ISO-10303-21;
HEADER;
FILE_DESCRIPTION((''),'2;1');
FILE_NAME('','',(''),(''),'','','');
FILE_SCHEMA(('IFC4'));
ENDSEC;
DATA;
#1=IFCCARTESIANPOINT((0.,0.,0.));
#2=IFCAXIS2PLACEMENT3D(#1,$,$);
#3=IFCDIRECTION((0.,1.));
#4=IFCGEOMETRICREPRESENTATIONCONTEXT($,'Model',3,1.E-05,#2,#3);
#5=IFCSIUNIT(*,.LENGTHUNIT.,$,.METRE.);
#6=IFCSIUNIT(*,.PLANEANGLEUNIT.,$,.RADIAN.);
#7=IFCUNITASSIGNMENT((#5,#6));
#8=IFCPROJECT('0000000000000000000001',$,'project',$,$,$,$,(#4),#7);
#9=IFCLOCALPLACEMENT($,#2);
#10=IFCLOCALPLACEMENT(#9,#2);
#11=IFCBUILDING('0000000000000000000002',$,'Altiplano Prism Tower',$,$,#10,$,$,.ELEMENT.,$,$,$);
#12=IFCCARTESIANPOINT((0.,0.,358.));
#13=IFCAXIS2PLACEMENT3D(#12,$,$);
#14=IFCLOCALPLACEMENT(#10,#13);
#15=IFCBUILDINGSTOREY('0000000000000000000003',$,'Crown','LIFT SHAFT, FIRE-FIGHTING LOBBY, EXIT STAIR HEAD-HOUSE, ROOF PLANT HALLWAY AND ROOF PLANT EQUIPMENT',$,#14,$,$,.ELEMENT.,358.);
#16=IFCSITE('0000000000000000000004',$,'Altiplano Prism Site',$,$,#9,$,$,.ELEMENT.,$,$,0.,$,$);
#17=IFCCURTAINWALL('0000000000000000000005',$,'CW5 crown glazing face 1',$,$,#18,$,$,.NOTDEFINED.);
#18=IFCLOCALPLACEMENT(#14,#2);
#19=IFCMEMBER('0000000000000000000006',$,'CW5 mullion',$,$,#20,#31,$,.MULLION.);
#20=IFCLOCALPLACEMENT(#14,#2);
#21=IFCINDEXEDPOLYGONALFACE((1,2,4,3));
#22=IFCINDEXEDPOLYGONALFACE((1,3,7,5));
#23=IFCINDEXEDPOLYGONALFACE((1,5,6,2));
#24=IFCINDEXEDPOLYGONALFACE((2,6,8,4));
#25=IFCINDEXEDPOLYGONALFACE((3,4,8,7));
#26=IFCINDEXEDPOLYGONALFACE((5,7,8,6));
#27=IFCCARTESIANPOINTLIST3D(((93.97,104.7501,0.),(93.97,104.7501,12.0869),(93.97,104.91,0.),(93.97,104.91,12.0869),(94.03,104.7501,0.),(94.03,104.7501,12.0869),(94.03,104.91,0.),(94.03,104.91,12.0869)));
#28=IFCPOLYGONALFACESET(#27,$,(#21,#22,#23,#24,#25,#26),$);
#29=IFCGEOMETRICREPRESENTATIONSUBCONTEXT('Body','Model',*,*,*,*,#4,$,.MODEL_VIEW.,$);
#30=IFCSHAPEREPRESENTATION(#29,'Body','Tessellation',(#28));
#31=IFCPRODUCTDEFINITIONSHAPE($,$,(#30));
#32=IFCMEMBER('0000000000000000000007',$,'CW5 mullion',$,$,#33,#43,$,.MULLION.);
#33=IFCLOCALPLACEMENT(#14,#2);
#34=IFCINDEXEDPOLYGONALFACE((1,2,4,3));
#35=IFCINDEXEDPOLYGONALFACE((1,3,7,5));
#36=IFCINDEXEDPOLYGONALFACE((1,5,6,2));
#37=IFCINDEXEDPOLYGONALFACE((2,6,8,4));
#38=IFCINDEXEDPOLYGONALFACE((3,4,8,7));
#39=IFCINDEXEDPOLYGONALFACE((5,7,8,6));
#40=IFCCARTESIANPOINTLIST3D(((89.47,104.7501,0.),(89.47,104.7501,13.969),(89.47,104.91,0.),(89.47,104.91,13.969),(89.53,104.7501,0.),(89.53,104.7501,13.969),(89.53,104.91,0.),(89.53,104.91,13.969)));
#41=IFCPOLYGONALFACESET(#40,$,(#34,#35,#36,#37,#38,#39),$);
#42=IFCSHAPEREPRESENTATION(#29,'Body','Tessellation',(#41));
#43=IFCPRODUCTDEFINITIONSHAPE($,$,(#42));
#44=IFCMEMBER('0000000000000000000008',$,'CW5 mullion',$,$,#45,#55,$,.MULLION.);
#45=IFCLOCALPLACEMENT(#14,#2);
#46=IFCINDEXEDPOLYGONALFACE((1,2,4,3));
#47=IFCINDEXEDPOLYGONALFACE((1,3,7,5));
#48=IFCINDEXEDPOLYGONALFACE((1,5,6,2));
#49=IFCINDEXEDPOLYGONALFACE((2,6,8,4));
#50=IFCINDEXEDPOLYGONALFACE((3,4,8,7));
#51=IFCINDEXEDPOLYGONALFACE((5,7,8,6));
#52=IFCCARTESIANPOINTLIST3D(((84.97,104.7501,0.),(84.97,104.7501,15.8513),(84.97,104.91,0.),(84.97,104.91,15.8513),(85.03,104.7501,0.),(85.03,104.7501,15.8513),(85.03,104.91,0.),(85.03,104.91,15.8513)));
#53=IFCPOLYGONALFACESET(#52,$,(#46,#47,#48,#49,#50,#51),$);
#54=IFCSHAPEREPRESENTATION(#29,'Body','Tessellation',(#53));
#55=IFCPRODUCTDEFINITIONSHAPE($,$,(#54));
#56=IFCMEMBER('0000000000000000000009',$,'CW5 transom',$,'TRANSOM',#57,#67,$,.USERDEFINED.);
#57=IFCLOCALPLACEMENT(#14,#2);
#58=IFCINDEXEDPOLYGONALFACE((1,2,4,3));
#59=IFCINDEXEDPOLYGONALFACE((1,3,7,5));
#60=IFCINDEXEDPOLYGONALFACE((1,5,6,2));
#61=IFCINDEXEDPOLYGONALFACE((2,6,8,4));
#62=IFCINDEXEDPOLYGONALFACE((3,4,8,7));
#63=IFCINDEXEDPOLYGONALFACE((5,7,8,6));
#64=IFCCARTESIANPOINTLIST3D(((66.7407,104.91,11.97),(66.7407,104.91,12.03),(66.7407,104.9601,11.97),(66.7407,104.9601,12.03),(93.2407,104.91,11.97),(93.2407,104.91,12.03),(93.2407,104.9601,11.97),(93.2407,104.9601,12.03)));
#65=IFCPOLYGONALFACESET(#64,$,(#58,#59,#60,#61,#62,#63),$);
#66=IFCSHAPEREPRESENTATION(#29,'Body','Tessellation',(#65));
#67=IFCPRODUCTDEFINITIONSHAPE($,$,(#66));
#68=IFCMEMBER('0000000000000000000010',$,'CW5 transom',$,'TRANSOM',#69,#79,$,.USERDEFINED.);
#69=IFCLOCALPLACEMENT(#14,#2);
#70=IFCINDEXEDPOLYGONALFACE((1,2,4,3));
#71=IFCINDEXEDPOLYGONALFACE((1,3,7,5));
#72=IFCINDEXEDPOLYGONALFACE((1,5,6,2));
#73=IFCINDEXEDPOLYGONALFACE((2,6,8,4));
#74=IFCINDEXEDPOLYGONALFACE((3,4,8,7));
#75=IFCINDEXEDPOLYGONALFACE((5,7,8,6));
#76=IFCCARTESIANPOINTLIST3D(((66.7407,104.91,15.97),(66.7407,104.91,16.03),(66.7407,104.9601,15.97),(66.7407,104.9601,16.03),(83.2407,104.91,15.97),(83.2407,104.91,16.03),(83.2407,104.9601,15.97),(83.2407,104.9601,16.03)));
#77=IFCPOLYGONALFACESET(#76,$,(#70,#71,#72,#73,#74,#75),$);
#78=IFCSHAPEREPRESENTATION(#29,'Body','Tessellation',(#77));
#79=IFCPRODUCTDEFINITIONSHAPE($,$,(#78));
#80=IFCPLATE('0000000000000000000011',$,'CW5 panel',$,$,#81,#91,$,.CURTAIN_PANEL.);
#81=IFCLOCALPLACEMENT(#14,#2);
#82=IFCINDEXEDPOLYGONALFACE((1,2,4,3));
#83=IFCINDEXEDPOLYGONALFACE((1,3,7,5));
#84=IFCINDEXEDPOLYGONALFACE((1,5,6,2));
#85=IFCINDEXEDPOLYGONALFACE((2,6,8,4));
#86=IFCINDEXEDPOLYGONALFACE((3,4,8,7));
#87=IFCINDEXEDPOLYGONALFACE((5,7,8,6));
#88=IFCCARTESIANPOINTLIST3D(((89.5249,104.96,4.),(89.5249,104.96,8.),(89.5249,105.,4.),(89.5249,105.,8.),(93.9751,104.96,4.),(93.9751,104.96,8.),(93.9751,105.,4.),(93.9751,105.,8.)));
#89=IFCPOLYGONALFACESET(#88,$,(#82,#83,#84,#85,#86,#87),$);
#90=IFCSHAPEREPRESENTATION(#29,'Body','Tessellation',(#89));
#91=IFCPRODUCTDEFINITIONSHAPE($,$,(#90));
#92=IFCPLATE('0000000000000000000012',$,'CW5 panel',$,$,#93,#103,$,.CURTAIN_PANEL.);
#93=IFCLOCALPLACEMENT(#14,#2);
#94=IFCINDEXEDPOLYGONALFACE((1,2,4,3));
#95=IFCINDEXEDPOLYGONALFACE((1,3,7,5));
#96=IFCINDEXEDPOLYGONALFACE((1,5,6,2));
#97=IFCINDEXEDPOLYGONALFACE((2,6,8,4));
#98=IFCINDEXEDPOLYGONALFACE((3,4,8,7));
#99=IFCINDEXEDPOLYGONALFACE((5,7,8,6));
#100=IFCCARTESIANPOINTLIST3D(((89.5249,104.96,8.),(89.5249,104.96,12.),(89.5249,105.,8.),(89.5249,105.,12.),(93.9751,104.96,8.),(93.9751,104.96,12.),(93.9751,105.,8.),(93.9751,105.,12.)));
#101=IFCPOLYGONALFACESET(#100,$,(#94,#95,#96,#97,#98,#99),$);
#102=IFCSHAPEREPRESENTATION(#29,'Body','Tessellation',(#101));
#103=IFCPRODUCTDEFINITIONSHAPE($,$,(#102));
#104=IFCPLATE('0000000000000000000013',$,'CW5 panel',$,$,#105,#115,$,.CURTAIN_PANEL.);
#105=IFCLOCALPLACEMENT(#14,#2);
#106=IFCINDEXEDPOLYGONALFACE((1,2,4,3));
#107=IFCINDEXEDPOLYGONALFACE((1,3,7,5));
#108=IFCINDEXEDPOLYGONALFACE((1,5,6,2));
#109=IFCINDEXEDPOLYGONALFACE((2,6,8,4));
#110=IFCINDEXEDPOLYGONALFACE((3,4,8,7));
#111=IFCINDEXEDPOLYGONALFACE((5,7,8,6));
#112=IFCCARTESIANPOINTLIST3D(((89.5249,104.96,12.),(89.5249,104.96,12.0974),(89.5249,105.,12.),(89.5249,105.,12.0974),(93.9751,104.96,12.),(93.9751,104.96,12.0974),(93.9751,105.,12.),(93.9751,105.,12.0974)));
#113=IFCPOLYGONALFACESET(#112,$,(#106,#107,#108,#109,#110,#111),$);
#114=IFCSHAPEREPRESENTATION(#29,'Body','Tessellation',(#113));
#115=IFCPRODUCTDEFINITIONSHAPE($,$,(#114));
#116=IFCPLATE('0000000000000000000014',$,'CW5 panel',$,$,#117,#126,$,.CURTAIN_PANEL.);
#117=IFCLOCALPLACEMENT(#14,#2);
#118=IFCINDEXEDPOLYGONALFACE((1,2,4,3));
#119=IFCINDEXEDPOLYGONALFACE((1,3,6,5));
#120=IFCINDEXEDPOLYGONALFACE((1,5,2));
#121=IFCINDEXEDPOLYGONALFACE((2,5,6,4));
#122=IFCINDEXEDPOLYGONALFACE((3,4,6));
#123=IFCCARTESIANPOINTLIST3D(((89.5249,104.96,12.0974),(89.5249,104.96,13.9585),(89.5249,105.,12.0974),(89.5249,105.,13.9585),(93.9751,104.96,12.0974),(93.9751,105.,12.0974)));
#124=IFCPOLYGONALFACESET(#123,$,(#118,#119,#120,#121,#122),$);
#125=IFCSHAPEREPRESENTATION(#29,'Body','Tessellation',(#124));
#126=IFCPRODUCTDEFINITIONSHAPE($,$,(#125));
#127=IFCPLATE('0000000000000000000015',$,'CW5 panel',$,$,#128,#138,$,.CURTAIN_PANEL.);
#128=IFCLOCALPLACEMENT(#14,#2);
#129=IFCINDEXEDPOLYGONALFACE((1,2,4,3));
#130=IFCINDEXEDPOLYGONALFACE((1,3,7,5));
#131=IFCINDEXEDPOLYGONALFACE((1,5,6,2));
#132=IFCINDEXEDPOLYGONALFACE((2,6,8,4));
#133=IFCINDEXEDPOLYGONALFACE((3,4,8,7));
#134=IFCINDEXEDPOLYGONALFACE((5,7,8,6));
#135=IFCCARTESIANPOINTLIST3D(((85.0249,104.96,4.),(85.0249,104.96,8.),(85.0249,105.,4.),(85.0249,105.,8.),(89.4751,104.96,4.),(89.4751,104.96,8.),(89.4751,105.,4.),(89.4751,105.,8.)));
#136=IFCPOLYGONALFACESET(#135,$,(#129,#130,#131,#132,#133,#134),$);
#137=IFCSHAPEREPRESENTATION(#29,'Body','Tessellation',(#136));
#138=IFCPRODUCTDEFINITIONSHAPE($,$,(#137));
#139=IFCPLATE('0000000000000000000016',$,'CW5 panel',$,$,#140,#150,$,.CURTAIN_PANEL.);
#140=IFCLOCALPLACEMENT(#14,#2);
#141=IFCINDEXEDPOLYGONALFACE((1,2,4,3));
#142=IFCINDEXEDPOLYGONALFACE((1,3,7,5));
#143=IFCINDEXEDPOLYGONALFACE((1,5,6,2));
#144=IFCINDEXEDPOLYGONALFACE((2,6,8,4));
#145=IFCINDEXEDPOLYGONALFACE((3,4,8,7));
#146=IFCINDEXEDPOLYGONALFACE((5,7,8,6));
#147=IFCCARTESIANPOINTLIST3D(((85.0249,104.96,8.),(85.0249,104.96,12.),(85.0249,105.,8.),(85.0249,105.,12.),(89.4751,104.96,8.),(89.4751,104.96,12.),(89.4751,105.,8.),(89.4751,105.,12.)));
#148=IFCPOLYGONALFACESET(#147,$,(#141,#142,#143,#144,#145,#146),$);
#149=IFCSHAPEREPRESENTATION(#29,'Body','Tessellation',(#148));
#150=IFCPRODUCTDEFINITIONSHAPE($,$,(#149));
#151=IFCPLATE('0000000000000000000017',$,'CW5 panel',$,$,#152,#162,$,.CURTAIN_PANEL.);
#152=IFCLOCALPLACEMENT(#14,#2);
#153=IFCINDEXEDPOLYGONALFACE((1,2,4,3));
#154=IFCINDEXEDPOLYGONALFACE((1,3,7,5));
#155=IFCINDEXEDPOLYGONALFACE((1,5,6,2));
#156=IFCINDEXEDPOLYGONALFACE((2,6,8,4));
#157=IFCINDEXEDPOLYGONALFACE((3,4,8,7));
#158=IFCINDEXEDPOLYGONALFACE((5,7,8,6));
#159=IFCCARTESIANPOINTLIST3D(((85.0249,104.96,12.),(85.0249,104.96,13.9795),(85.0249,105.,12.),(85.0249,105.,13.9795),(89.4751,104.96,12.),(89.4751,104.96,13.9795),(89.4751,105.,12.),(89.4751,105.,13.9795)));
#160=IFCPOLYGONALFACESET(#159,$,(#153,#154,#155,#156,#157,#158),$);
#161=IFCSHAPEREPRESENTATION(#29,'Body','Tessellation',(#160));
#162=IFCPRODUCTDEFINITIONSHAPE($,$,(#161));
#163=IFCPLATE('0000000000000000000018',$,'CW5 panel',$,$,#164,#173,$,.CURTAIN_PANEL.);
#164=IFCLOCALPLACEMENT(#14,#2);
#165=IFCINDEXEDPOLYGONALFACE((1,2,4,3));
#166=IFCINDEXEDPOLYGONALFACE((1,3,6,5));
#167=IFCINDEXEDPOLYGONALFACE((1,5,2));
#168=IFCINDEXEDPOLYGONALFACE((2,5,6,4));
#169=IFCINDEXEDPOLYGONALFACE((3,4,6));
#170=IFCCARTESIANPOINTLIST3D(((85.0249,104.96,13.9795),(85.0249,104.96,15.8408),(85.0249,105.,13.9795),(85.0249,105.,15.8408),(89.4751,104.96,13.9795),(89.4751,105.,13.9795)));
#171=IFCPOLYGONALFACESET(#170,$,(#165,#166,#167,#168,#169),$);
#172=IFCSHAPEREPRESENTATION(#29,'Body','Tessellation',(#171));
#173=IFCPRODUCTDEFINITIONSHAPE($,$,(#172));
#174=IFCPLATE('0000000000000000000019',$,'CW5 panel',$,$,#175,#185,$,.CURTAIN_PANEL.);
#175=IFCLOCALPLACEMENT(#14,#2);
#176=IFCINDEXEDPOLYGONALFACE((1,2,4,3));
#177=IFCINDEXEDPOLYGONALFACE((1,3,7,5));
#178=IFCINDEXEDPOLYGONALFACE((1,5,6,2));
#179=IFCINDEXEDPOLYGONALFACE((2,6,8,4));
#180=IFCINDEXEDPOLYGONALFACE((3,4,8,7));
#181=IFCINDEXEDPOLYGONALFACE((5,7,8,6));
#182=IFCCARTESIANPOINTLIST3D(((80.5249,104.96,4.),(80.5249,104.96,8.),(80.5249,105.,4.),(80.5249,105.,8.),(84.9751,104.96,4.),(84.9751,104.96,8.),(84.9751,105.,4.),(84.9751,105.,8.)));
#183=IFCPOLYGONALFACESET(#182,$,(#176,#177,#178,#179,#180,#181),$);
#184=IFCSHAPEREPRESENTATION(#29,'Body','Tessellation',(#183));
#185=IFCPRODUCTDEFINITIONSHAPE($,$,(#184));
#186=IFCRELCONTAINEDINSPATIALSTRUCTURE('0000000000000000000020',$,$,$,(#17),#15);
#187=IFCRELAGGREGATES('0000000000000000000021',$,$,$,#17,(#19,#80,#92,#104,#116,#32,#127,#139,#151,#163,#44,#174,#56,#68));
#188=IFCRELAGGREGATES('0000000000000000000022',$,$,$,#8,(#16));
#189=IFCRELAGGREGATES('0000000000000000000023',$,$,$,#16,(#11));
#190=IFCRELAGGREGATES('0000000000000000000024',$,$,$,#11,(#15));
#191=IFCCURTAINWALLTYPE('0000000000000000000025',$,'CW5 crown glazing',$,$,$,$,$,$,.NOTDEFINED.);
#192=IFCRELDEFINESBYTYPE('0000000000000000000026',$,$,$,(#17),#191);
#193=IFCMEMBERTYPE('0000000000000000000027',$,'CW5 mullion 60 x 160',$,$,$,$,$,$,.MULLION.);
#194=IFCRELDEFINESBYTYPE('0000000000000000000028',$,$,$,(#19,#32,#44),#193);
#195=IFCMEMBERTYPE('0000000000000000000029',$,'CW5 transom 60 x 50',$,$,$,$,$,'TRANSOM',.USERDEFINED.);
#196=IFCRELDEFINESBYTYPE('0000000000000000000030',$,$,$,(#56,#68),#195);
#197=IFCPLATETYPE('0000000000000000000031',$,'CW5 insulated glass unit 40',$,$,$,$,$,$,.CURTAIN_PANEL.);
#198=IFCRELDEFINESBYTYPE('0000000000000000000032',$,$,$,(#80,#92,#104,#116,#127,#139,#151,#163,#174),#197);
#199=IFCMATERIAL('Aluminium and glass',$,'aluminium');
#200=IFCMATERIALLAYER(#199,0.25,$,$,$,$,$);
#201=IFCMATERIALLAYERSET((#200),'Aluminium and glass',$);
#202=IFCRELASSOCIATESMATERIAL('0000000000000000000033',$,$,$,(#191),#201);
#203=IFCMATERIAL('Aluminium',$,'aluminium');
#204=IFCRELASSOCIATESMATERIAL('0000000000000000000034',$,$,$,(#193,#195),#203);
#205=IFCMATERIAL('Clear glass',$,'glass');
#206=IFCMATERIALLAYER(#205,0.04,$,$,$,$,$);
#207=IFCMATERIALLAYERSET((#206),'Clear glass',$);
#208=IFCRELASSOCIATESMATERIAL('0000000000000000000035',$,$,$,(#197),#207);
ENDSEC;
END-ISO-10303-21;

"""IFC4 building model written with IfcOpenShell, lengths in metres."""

from ifc_helpers import new_model, si_unit, direction, frame, origin, origin_2d, place, context, subcontext, project, spatial, polyline, rectangle, outline, extrude, material, layer, layer_set, material_profile, profile_set, type_object, element, aggregate, save


model = new_model("IFC4")

# Units and contexts
model_context = context("Model", 3, precision=1e-05, world=origin(), true_north=direction((0.0, 1.0)))
body_context = subcontext(model_context, "Body", "Model", "MODEL_VIEW")
ifc_project = project(units=[si_unit("LENGTHUNIT", "METRE"), si_unit("PLANEANGLEUNIT", "RADIAN")], contexts=[model_context])

# Site, building, storey
site_placement = place(None, origin())
site = spatial("IfcSite", under=ifc_project, at=site_placement, Name="Altiplano Prism Site", CompositionType="ELEMENT", RefElevation=0.0)
building_placement = place(site_placement, origin())
building = spatial("IfcBuilding", under=site, at=building_placement, Name="Altiplano Prism Tower", CompositionType="ELEMENT")
storey_placement = place(building_placement, frame((0.0, 0.0, 358.0)))
storey = spatial("IfcBuildingStorey", under=building, at=storey_placement, Name="Crown", Description="LIFT SHAFT, FIRE-FIGHTING LOBBY, EXIT STAIR HEAD-HOUSE, ROOF PLANT HALLWAY AND ROOF PLANT EQUIPMENT", CompositionType="ELEMENT", Elevation=358.0)

# Curtain wall, members, plates
ifc_material_1 = material(Name="Aluminium and glass", Category="aluminium")
ifc_layer_1 = layer(ifc_material_1, 0.25)
ifc_layer_set_1 = layer_set([ifc_layer_1], Name="Aluminium and glass")
curtain_wall_type = type_object("IfcCurtainWallType", Name="CW5 crown glazing", PredefinedType="NOTDEFINED", material=ifc_layer_set_1)
curtain_wall_placement = place(storey_placement, origin())
curtain_wall = element("IfcCurtainWall", 1, at=curtain_wall_placement, inside=storey, type_object=curtain_wall_type, Name="CW5 crown glazing face 1", PredefinedType="NOTDEFINED")
ifc_material_2 = material(Name="Aluminium", Category="aluminium")
ifc_material_profile_1 = material_profile(ifc_material_2, rectangle(XDim=0.1599, YDim=0.0601, at=origin_2d()), Name="CW5 mullion 60 x 160")
ifc_profile_set_1 = profile_set([ifc_material_profile_1], Name="Aluminium")
member_type_1 = type_object("IfcMemberType", Name="CW5 mullion 60 x 160", PredefinedType="MULLION", material=ifc_profile_set_1)
member_1_placement = place(storey_placement, frame((94.0, 104.8301, 0.0), z_axis=(0.0, 0.0, 1.0), x_axis=(0.0, -1.0, 0.0)))
member_1 = element("IfcMember", 2, at=member_1_placement, type_object=member_type_1, Name="CW5 mullion", PredefinedType="MULLION", context=body_context, shape_type="SweptSolid", body=[
    extrude(rectangle(XDim=0.1599, YDim=0.0601, at=origin_2d()), origin(), (0.0, 0.0, 1.0), 12.0869),
])
member_2_placement = place(storey_placement, frame((89.5, 104.8301, 0.0), z_axis=(0.0, 0.0, 1.0), x_axis=(0.0, -1.0, 0.0)))
member_2 = element("IfcMember", 3, at=member_2_placement, type_object=member_type_1, Name="CW5 mullion", PredefinedType="MULLION", context=body_context, shape_type="SweptSolid", body=[
    extrude(rectangle(XDim=0.1599, YDim=0.0601, at=origin_2d()), origin(), (0.0, 0.0, 1.0), 13.969),
])
member_3_placement = place(storey_placement, frame((85.0, 104.8301, 0.0), z_axis=(0.0, 0.0, 1.0), x_axis=(0.0, -1.0, 0.0)))
member_3 = element("IfcMember", 4, at=member_3_placement, type_object=member_type_1, Name="CW5 mullion", PredefinedType="MULLION", context=body_context, shape_type="SweptSolid", body=[
    extrude(rectangle(XDim=0.1599, YDim=0.0601, at=origin_2d()), origin(), (0.0, 0.0, 1.0), 15.8513),
])
ifc_material_profile_2 = material_profile(ifc_material_2, rectangle(XDim=0.05, YDim=0.0601, at=origin_2d()), Name="CW5 transom 60 x 50")
ifc_profile_set_2 = profile_set([ifc_material_profile_2], Name="Aluminium")
member_type_2 = type_object("IfcMemberType", Name="CW5 transom 60 x 50", ElementType="TRANSOM", PredefinedType="USERDEFINED", material=ifc_profile_set_2)
member_4_placement = place(storey_placement, frame((93.2407, 104.9351, 12.0), z_axis=(-1.0, 0.0, 0.0), x_axis=(0.0, -1.0, 0.0)))
member_4 = element("IfcMember", 5, at=member_4_placement, type_object=member_type_2, Name="CW5 transom", ObjectType="TRANSOM", PredefinedType="USERDEFINED", context=body_context, shape_type="SweptSolid", body=[
    extrude(rectangle(XDim=0.05, YDim=0.0601, at=origin_2d()), origin(), (0.0, 0.0, 1.0), 26.5),
])
member_5_placement = place(storey_placement, frame((83.2407, 104.9351, 16.0), z_axis=(-1.0, 0.0, 0.0), x_axis=(0.0, -1.0, 0.0)))
member_5 = element("IfcMember", 6, at=member_5_placement, type_object=member_type_2, Name="CW5 transom", ObjectType="TRANSOM", PredefinedType="USERDEFINED", context=body_context, shape_type="SweptSolid", body=[
    extrude(rectangle(XDim=0.05, YDim=0.0601, at=origin_2d()), origin(), (0.0, 0.0, 1.0), 16.5),
])
ifc_material_3 = material(Name="Clear glass", Category="glass")
ifc_layer_2 = layer(ifc_material_3, 0.04)
ifc_layer_set_2 = layer_set([ifc_layer_2], Name="Clear glass")
plate_type_1 = type_object("IfcPlateType", Name="CW5 insulated glass unit 40", PredefinedType="CURTAIN_PANEL", material=ifc_layer_set_2)
plate_1_placement = place(storey_placement, frame((93.9751, 105.0, 4.0), z_axis=(0.0, 1.0, 0.0), x_axis=(-1.0, 0.0, 0.0)))
plate_1 = element("IfcPlate", 7, at=plate_1_placement, type_object=plate_type_1, Name="CW5 panel", PredefinedType="CURTAIN_PANEL", context=body_context, shape_type="SweptSolid", body=[
    extrude(outline(polyline([(0.0, 0.0), (4.4502, 0.0), (4.4502, 4.0), (0.0, 4.0), (0.0, 0.0)])), origin(), (0.0, 0.0, -1.0), 0.04),
])
plate_2_placement = place(storey_placement, frame((93.9751, 105.0, 8.0), z_axis=(0.0, 1.0, 0.0), x_axis=(-1.0, 0.0, 0.0)))
plate_2 = element("IfcPlate", 8, at=plate_2_placement, type_object=plate_type_1, Name="CW5 panel", PredefinedType="CURTAIN_PANEL", context=body_context, shape_type="SweptSolid", body=[
    extrude(outline(polyline([(0.0, 0.0), (4.4502, 0.0), (4.4502, 4.0), (0.0, 4.0), (0.0, 0.0)])), origin(), (0.0, 0.0, -1.0), 0.04),
])
plate_3_placement = place(storey_placement, frame((93.9751, 105.0, 12.0), z_axis=(0.0, 1.0, 0.0), x_axis=(-1.0, 0.0, 0.0)))
plate_3 = element("IfcPlate", 9, at=plate_3_placement, type_object=plate_type_1, Name="CW5 panel", PredefinedType="CURTAIN_PANEL", context=body_context, shape_type="SweptSolid", body=[
    extrude(outline(polyline([(0.0, 0.0), (4.4502, 0.0), (4.4502, 0.0974), (0.0, 0.0974), (0.0, 0.0)])), origin(), (0.0, 0.0, -1.0), 0.04),
])
plate_4_placement = place(storey_placement, frame((93.9751, 105.0, 12.0974), z_axis=(0.0, 1.0, 0.0), x_axis=(-1.0, 0.0, 0.0)))
plate_4 = element("IfcPlate", 10, at=plate_4_placement, type_object=plate_type_1, Name="CW5 panel", PredefinedType="CURTAIN_PANEL", context=body_context, shape_type="SweptSolid", body=[
    extrude(outline(polyline([(0.0, 0.0), (4.4502, 0.0), (4.4502, 1.8611), (0.0, 0.0)])), origin(), (0.0, 0.0, -1.0), 0.04),
])
plate_5_placement = place(storey_placement, frame((89.4751, 105.0, 4.0), z_axis=(0.0, 1.0, 0.0), x_axis=(-1.0, 0.0, 0.0)))
plate_5 = element("IfcPlate", 11, at=plate_5_placement, type_object=plate_type_1, Name="CW5 panel", PredefinedType="CURTAIN_PANEL", context=body_context, shape_type="SweptSolid", body=[
    extrude(outline(polyline([(0.0, 0.0), (4.4502, 0.0), (4.4502, 4.0), (0.0, 4.0), (0.0, 0.0)])), origin(), (0.0, 0.0, -1.0), 0.04),
])
plate_6_placement = place(storey_placement, frame((89.4751, 105.0, 8.0), z_axis=(0.0, 1.0, 0.0), x_axis=(-1.0, 0.0, 0.0)))
plate_6 = element("IfcPlate", 12, at=plate_6_placement, type_object=plate_type_1, Name="CW5 panel", PredefinedType="CURTAIN_PANEL", context=body_context, shape_type="SweptSolid", body=[
    extrude(outline(polyline([(0.0, 0.0), (4.4502, 0.0), (4.4502, 4.0), (0.0, 4.0), (0.0, 0.0)])), origin(), (0.0, 0.0, -1.0), 0.04),
])
plate_7_placement = place(storey_placement, frame((89.4751, 105.0, 12.0), z_axis=(0.0, 1.0, 0.0), x_axis=(-1.0, 0.0, 0.0)))
plate_7 = element("IfcPlate", 13, at=plate_7_placement, type_object=plate_type_1, Name="CW5 panel", PredefinedType="CURTAIN_PANEL", context=body_context, shape_type="SweptSolid", body=[
    extrude(outline(polyline([(0.0, 0.0), (4.4502, 0.0), (4.4502, 1.9795), (0.0, 1.9795), (0.0, 0.0)])), origin(), (0.0, 0.0, -1.0), 0.04),
])
plate_8_placement = place(storey_placement, frame((89.4751, 105.0, 13.9795), z_axis=(0.0, 1.0, 0.0), x_axis=(-1.0, 0.0, 0.0)))
plate_8 = element("IfcPlate", 14, at=plate_8_placement, type_object=plate_type_1, Name="CW5 panel", PredefinedType="CURTAIN_PANEL", context=body_context, shape_type="SweptSolid", body=[
    extrude(outline(polyline([(0.0, 0.0), (4.4502, 0.0), (4.4502, 1.8613), (0.0, 0.0)])), origin(), (0.0, 0.0, -1.0), 0.04),
])
plate_9_placement = place(storey_placement, frame((84.9751, 105.0, 4.0), z_axis=(0.0, 1.0, 0.0), x_axis=(-1.0, 0.0, 0.0)))
plate_9 = element("IfcPlate", 15, at=plate_9_placement, type_object=plate_type_1, Name="CW5 panel", PredefinedType="CURTAIN_PANEL", context=body_context, shape_type="SweptSolid", body=[
    extrude(outline(polyline([(0.0, 0.0), (4.4502, 0.0), (4.4502, 4.0), (0.0, 4.0), (0.0, 0.0)])), origin(), (0.0, 0.0, -1.0), 0.04),
])
aggregate(curtain_wall, [member_1, plate_1, plate_2, plate_3, plate_4, member_2, plate_5, plate_6, plate_7, plate_8, member_3, plate_9, member_4, member_5])

save(model, "model.ifc")
